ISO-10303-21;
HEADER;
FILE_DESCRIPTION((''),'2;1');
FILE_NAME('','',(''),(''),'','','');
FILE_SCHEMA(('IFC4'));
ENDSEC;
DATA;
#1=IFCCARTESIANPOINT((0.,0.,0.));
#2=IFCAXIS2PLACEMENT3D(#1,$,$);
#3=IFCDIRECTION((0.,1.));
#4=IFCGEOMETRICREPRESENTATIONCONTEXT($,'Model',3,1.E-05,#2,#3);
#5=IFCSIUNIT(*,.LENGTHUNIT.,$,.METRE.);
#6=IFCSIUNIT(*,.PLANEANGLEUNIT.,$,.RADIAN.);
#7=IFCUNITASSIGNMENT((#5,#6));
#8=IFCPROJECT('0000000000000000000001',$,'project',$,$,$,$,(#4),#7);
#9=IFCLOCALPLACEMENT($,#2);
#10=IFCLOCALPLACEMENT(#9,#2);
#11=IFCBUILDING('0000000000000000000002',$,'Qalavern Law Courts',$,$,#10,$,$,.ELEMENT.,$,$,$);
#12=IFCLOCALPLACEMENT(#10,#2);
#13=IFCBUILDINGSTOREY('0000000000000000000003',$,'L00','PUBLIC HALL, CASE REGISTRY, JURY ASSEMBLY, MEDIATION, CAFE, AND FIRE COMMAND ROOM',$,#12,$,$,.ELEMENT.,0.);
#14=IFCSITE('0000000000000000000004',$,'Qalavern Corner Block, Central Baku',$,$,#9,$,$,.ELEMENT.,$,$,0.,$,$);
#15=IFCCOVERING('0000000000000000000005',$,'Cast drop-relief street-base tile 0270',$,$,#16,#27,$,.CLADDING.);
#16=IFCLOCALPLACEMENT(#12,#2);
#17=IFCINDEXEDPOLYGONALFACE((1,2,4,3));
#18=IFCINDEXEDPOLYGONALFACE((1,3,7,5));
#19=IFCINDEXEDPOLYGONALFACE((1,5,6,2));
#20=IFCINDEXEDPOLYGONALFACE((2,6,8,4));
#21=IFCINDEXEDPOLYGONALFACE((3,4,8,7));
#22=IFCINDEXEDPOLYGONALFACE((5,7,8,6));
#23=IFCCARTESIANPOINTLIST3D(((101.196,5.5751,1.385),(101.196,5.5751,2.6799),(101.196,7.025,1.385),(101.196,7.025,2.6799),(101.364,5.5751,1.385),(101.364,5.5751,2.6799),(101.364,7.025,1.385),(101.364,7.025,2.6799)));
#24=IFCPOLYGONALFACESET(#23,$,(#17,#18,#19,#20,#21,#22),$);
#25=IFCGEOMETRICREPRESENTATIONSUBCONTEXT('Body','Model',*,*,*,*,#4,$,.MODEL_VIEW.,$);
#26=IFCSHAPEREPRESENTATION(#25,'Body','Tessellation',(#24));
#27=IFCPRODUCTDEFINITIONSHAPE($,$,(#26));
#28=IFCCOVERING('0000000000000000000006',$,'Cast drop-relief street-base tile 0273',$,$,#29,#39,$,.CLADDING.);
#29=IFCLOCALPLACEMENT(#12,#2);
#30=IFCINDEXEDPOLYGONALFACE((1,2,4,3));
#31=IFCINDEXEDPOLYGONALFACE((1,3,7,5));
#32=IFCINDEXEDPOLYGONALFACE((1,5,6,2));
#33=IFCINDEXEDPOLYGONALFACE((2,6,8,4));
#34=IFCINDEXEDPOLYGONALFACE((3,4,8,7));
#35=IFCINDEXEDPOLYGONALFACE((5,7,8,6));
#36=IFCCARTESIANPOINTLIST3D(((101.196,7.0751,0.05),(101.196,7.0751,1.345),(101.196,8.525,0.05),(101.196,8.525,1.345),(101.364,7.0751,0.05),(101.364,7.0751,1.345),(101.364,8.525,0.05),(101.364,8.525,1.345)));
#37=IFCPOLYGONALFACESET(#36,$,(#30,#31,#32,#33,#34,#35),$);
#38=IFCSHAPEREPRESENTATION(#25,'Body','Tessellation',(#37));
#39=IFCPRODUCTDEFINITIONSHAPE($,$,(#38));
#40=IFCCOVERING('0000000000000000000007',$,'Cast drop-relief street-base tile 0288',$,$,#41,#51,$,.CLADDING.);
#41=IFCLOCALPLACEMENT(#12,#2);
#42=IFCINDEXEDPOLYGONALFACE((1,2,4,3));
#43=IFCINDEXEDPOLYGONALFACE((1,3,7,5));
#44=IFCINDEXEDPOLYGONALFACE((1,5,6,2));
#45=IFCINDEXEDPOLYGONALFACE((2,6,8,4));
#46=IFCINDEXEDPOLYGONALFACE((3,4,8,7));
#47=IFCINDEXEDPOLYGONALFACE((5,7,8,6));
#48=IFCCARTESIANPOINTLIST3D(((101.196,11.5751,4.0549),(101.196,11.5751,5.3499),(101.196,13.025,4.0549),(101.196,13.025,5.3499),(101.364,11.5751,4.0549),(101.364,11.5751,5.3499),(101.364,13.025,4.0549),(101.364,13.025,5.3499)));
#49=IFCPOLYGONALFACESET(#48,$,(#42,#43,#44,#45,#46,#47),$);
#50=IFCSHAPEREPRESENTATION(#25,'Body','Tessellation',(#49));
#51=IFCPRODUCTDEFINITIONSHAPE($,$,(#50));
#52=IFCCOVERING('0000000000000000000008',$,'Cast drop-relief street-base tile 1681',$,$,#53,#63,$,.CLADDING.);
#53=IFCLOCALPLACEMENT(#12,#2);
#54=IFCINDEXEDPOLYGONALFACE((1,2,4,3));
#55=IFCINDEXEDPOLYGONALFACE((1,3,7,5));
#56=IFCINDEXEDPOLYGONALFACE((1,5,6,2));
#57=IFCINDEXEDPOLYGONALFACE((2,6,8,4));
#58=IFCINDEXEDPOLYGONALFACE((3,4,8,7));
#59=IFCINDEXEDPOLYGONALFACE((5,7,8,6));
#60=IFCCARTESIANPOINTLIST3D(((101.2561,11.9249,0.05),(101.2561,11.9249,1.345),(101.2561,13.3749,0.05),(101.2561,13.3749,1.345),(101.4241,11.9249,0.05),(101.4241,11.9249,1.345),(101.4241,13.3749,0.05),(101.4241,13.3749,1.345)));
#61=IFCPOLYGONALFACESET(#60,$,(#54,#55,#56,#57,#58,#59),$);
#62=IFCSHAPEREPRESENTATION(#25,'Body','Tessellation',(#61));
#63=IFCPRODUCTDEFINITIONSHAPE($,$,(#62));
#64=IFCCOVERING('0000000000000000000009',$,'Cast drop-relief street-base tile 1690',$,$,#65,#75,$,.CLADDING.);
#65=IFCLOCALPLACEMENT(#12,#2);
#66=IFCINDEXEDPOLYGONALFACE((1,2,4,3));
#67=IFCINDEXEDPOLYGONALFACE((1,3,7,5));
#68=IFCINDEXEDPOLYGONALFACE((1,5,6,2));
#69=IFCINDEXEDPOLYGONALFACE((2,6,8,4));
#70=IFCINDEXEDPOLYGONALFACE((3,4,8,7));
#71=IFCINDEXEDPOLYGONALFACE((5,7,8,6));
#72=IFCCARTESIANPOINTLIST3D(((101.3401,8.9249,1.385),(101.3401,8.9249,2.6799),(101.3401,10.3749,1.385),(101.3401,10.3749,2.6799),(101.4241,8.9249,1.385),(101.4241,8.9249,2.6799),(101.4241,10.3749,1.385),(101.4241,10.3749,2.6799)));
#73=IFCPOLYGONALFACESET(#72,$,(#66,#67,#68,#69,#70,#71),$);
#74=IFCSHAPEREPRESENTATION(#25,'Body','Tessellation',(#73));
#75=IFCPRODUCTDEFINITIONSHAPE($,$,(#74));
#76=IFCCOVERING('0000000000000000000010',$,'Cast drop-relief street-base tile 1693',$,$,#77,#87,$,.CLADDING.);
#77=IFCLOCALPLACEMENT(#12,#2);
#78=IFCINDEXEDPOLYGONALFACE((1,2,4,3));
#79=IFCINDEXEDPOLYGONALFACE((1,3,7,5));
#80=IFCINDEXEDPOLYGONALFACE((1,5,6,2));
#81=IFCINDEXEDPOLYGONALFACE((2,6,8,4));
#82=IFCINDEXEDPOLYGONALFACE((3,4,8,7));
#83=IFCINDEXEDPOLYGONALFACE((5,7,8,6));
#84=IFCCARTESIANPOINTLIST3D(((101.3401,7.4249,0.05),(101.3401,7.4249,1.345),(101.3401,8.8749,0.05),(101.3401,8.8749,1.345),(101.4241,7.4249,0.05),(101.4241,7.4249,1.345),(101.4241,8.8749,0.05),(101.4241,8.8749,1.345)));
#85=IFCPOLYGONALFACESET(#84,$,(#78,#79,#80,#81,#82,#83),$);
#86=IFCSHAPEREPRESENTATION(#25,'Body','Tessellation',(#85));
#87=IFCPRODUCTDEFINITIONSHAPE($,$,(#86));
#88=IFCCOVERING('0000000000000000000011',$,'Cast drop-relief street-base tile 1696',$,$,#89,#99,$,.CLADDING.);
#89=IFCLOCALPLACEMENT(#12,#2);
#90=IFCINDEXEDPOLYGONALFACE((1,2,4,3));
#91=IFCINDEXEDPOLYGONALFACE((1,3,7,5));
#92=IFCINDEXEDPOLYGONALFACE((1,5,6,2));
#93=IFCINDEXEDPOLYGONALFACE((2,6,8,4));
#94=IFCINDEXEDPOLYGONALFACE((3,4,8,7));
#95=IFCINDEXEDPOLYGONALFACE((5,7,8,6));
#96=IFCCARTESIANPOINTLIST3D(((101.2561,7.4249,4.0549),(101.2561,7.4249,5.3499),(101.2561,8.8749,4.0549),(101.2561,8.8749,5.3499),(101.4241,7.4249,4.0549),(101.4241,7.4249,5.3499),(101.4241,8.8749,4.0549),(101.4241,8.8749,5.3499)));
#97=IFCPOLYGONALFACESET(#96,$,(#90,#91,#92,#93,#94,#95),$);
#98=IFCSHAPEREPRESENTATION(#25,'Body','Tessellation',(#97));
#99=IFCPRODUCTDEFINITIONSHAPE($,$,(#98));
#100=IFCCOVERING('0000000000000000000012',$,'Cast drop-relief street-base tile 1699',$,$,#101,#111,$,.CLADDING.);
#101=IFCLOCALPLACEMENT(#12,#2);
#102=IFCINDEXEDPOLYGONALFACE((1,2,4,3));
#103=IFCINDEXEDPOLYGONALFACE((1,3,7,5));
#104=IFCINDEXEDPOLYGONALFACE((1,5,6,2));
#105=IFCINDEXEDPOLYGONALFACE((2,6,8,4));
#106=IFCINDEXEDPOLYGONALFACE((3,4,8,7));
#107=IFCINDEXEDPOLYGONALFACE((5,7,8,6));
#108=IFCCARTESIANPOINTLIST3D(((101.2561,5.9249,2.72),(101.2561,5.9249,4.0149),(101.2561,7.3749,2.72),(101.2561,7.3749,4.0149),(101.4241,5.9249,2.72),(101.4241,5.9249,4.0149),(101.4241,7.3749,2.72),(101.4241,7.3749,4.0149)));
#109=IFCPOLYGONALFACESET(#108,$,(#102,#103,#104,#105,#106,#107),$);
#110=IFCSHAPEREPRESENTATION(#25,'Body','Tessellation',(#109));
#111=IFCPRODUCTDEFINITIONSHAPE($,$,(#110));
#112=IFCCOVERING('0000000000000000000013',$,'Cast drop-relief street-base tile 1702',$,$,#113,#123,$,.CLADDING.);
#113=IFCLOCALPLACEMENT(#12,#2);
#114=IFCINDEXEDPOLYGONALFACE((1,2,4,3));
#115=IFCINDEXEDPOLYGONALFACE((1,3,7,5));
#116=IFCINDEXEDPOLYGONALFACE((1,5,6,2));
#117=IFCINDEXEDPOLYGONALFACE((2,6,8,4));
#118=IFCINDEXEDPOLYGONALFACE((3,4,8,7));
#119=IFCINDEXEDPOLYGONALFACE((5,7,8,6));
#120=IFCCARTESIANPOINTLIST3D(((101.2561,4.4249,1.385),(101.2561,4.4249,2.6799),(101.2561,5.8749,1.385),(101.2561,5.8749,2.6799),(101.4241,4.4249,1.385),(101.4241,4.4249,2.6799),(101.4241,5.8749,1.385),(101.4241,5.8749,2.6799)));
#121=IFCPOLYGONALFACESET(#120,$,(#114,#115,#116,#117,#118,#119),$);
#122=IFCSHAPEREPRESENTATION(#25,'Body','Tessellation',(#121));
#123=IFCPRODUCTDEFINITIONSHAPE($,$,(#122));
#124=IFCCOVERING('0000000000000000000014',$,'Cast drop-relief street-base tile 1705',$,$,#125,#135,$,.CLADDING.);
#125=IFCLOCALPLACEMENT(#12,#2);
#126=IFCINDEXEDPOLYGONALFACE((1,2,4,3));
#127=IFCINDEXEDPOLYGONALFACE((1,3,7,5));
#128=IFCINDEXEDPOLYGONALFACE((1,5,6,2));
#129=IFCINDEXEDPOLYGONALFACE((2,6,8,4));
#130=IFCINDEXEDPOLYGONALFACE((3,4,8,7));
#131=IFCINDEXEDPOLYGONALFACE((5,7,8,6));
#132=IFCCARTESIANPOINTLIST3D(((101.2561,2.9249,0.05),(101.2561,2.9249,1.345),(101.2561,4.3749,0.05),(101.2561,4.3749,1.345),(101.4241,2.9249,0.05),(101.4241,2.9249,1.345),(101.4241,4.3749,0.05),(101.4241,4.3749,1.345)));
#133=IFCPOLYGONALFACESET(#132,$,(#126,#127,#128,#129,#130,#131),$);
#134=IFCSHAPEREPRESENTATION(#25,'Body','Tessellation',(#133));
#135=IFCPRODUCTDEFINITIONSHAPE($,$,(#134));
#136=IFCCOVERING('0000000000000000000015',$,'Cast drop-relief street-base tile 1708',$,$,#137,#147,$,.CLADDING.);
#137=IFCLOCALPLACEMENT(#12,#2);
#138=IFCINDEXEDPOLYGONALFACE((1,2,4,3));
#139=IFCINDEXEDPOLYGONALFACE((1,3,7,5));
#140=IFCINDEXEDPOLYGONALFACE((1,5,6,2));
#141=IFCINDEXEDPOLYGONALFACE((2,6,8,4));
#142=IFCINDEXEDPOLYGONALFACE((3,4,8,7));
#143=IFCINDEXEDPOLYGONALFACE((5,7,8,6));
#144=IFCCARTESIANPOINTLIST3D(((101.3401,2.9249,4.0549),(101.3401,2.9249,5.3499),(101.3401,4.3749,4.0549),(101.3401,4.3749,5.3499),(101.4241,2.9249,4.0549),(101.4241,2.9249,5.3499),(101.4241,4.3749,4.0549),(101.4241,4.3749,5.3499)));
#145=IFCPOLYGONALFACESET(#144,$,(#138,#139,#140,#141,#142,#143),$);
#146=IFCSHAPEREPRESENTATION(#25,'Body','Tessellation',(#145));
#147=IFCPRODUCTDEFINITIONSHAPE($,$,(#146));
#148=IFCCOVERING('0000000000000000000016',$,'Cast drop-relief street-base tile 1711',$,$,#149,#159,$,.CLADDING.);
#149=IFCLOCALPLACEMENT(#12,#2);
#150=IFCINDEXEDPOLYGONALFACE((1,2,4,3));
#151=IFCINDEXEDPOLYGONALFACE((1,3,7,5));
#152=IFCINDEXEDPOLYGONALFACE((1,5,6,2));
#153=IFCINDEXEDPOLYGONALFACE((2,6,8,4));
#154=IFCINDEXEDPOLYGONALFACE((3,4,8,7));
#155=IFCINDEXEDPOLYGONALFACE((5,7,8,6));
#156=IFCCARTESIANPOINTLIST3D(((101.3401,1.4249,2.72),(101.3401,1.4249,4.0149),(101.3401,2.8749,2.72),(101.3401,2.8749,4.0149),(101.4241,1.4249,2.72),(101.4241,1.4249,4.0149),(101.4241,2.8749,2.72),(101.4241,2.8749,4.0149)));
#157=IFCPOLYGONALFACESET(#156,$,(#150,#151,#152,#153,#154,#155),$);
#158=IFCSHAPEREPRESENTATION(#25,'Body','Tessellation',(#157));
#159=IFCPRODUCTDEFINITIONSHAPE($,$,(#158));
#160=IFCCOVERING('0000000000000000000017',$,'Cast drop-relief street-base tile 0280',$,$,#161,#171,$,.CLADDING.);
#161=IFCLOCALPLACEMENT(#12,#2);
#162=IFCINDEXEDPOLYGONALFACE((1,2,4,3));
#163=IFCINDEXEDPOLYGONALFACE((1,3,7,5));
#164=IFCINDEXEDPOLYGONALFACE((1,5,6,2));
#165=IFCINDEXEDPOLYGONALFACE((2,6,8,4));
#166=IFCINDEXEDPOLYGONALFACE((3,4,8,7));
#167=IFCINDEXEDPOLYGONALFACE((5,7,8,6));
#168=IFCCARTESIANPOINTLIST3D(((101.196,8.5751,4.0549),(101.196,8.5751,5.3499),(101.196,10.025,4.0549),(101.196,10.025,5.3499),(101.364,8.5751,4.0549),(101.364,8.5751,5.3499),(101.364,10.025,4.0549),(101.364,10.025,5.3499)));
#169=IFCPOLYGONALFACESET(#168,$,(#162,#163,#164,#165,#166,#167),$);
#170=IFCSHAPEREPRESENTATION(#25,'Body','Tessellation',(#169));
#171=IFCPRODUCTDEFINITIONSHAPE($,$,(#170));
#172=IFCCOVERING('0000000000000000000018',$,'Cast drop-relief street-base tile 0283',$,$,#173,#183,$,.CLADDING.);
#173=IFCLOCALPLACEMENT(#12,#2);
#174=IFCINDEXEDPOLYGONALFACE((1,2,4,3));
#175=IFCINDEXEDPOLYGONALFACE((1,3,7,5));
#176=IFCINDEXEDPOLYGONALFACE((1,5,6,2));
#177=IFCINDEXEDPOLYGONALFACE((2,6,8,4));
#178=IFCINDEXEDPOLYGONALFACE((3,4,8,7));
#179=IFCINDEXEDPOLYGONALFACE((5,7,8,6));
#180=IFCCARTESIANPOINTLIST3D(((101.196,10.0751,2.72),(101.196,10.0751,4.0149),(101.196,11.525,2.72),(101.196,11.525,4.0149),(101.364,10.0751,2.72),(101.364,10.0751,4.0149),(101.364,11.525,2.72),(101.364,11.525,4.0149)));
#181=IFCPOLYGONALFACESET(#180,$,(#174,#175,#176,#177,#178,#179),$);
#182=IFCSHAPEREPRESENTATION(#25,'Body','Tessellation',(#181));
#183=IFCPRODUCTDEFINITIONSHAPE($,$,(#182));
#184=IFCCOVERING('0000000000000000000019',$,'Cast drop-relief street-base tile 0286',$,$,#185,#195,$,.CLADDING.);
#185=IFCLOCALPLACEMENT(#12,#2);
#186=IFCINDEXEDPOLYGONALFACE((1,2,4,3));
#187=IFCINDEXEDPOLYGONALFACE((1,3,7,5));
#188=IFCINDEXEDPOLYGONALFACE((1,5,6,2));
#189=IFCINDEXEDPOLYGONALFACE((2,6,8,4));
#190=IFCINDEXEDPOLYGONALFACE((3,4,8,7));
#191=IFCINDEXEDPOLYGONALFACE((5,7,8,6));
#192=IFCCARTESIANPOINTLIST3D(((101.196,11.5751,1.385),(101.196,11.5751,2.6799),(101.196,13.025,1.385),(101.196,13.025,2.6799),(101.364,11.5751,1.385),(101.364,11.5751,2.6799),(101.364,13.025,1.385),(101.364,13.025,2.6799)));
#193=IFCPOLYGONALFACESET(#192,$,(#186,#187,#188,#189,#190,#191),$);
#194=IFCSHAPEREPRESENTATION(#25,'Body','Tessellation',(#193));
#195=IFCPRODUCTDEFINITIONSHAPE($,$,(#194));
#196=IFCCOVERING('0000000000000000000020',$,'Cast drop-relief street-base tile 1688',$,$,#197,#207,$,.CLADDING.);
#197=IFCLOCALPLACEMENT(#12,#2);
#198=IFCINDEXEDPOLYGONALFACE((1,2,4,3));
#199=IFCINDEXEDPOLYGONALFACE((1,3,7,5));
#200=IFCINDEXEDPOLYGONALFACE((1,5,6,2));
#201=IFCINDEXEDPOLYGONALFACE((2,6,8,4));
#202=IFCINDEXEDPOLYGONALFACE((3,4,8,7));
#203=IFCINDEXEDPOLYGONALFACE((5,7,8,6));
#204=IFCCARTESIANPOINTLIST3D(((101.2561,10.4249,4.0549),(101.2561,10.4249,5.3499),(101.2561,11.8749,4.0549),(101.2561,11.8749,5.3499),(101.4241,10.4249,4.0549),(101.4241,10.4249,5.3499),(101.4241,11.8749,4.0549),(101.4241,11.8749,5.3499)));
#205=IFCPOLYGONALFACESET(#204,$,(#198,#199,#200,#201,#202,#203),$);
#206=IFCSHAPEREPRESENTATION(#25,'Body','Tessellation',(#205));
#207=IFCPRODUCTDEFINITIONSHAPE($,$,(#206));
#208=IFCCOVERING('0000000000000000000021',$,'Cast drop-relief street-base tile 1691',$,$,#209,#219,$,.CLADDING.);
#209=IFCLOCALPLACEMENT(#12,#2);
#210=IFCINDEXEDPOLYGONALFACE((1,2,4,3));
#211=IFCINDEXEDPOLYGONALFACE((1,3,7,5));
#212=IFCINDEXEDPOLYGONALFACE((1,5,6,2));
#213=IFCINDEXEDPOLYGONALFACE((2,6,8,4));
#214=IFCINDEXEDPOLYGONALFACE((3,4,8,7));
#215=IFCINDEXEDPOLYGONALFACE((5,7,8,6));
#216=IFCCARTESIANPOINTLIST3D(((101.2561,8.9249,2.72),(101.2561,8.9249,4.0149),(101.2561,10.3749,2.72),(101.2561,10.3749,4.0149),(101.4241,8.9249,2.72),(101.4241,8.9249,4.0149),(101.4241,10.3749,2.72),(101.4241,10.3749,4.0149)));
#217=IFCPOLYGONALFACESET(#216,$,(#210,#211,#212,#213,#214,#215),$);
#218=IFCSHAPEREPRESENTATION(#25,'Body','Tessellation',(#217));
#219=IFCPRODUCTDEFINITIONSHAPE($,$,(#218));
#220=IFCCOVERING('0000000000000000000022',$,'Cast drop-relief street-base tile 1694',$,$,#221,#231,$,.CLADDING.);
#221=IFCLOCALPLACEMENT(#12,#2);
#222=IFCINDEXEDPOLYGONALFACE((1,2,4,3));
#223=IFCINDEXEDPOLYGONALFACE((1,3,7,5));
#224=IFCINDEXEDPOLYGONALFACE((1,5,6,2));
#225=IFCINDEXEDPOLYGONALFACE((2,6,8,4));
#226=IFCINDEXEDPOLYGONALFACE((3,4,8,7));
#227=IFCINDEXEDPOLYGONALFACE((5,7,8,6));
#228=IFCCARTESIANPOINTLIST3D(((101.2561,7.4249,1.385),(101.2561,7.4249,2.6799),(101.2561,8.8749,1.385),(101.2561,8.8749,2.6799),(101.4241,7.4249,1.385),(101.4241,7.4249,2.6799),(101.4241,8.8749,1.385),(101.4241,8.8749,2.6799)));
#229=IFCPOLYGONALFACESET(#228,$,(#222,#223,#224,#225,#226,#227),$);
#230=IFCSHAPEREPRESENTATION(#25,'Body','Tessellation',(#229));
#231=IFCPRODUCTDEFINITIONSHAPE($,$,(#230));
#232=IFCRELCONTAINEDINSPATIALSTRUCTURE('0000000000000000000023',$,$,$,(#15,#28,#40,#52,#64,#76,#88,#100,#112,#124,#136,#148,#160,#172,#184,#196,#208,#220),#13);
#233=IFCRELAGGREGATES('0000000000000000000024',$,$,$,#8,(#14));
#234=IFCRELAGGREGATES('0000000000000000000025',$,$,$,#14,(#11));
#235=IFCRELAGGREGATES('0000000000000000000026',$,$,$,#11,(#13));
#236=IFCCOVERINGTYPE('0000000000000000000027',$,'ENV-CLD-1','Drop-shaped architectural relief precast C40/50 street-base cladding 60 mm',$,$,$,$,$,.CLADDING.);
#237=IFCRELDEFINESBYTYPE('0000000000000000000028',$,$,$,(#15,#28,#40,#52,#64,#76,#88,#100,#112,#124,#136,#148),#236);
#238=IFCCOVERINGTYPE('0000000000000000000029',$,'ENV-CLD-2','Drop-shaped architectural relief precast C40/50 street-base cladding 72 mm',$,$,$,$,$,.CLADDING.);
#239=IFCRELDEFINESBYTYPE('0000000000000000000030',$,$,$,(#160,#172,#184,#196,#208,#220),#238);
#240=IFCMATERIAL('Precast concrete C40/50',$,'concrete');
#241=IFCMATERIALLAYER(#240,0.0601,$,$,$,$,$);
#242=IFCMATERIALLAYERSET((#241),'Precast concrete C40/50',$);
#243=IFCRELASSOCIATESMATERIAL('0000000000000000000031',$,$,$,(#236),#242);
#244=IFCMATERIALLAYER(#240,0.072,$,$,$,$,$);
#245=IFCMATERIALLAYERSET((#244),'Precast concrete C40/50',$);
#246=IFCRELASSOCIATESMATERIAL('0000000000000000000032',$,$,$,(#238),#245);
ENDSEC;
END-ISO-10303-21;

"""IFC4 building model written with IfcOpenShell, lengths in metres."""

from ifc_helpers import new_model, si_unit, direction, frame, origin, origin_2d, place, context, subcontext, project, spatial, rectangle, extrude, material, layer, layer_set, type_object, element, save


model = new_model("IFC4")

# Units and contexts
model_context = context("Model", 3, precision=1e-05, world=origin(), true_north=direction((0.0, 1.0)))
body_context = subcontext(model_context, "Body", "Model", "MODEL_VIEW")
ifc_project = project(units=[si_unit("LENGTHUNIT", "METRE"), si_unit("PLANEANGLEUNIT", "RADIAN")], contexts=[model_context])

# Site, building, storey
site_placement = place(None, origin())
site = spatial("IfcSite", under=ifc_project, at=site_placement, Name="Qalavern Corner Block, Central Baku", CompositionType="ELEMENT", RefElevation=0.0)
building_placement = place(site_placement, origin())
building = spatial("IfcBuilding", under=site, at=building_placement, Name="Qalavern Law Courts", CompositionType="ELEMENT")
storey_placement = place(building_placement, origin())
storey = spatial("IfcBuildingStorey", under=building, at=storey_placement, Name="L00", Description="PUBLIC HALL, CASE REGISTRY, JURY ASSEMBLY, MEDIATION, CAFE, AND FIRE COMMAND ROOM", CompositionType="ELEMENT", Elevation=0.0)

# Coverings
ifc_material = material(Name="Precast concrete C40/50", Category="concrete")
ifc_layer_1 = layer(ifc_material, 0.0601)
ifc_layer_set_1 = layer_set([ifc_layer_1], Name="Precast concrete C40/50")
covering_type_1 = type_object("IfcCoveringType", Name="ENV-CLD-1", Description="Drop-shaped architectural relief precast C40/50 street-base cladding 60 mm", PredefinedType="CLADDING", material=ifc_layer_set_1)
for number, where, z_axis, x_axis, name in (
    (1, (101.28, 6.3, 1.385), (0.0, 0.0, 1.0), (0.0, 1.0, 0.0), "Cast drop-relief street-base tile 0270"),
    (2, (101.28, 7.8, 0.05), (0.0, 0.0, 1.0), (0.0, 1.0, 0.0), "Cast drop-relief street-base tile 0273"),
    (3, (101.28, 12.3, 4.0549), (0.0, 0.0, 1.0), (0.0, 1.0, 0.0), "Cast drop-relief street-base tile 0288"),
    (4, (101.3401, 12.6499, 0.05), (0.0, 0.0, 1.0), (0.0, -1.0, 0.0), "Cast drop-relief street-base tile 1681"),
):
    element("IfcCovering", number, at=place(storey_placement, frame(where, z_axis=z_axis, x_axis=x_axis)), inside=storey, type_object=covering_type_1, Name=name, PredefinedType="CLADDING", context=body_context, shape_type="SweptSolid", body=[
        extrude(rectangle(XDim=1.45, YDim=0.168, at=origin_2d()), origin(), (0.0, 0.0, 1.0), 1.2949),
    ])
for number, where, z_axis, x_axis, name in (
    (5, (101.3821, 9.6499, 1.385), (0.0, 0.0, 1.0), (0.0, -1.0, 0.0), "Cast drop-relief street-base tile 1690"),
    (6, (101.3821, 8.1499, 0.05), (0.0, 0.0, 1.0), (0.0, -1.0, 0.0), "Cast drop-relief street-base tile 1693"),
):
    element("IfcCovering", number, at=place(storey_placement, frame(where, z_axis=z_axis, x_axis=x_axis)), inside=storey, type_object=covering_type_1, Name=name, PredefinedType="CLADDING", context=body_context, shape_type="SweptSolid", body=[
        extrude(rectangle(XDim=1.45, YDim=0.084, at=origin_2d()), origin(), (0.0, 0.0, 1.0), 1.2949),
    ])
for number, where, z_axis, x_axis, name in (
    (7, (101.3401, 8.1499, 4.0549), (0.0, 0.0, 1.0), (0.0, -1.0, 0.0), "Cast drop-relief street-base tile 1696"),
    (8, (101.3401, 6.6499, 2.72), (0.0, 0.0, 1.0), (0.0, -1.0, 0.0), "Cast drop-relief street-base tile 1699"),
    (9, (101.3401, 5.1499, 1.385), (0.0, 0.0, 1.0), (0.0, -1.0, 0.0), "Cast drop-relief street-base tile 1702"),
    (10, (101.3401, 3.6499, 0.05), (0.0, 0.0, 1.0), (0.0, -1.0, 0.0), "Cast drop-relief street-base tile 1705"),
):
    element("IfcCovering", number, at=place(storey_placement, frame(where, z_axis=z_axis, x_axis=x_axis)), inside=storey, type_object=covering_type_1, Name=name, PredefinedType="CLADDING", context=body_context, shape_type="SweptSolid", body=[
        extrude(rectangle(XDim=1.45, YDim=0.168, at=origin_2d()), origin(), (0.0, 0.0, 1.0), 1.2949),
    ])
for number, where, z_axis, x_axis, name in (
    (11, (101.3821, 3.6499, 4.0549), (0.0, 0.0, 1.0), (0.0, -1.0, 0.0), "Cast drop-relief street-base tile 1708"),
    (12, (101.3821, 2.1499, 2.72), (0.0, 0.0, 1.0), (0.0, -1.0, 0.0), "Cast drop-relief street-base tile 1711"),
):
    element("IfcCovering", number, at=place(storey_placement, frame(where, z_axis=z_axis, x_axis=x_axis)), inside=storey, type_object=covering_type_1, Name=name, PredefinedType="CLADDING", context=body_context, shape_type="SweptSolid", body=[
        extrude(rectangle(XDim=1.45, YDim=0.084, at=origin_2d()), origin(), (0.0, 0.0, 1.0), 1.2949),
    ])
ifc_layer_2 = layer(ifc_material, 0.072)
ifc_layer_set_2 = layer_set([ifc_layer_2], Name="Precast concrete C40/50")
covering_type_2 = type_object("IfcCoveringType", Name="ENV-CLD-2", Description="Drop-shaped architectural relief precast C40/50 street-base cladding 72 mm", PredefinedType="CLADDING", material=ifc_layer_set_2)
for number, where, z_axis, x_axis, name in (
    (13, (101.28, 9.3, 4.0549), (0.0, 0.0, 1.0), (0.0, 1.0, 0.0), "Cast drop-relief street-base tile 0280"),
    (14, (101.28, 10.8, 2.72), (0.0, 0.0, 1.0), (0.0, 1.0, 0.0), "Cast drop-relief street-base tile 0283"),
    (15, (101.28, 12.3, 1.385), (0.0, 0.0, 1.0), (0.0, 1.0, 0.0), "Cast drop-relief street-base tile 0286"),
    (16, (101.3401, 11.1499, 4.0549), (0.0, 0.0, 1.0), (0.0, -1.0, 0.0), "Cast drop-relief street-base tile 1688"),
    (17, (101.3401, 9.6499, 2.72), (0.0, 0.0, 1.0), (0.0, -1.0, 0.0), "Cast drop-relief street-base tile 1691"),
    (18, (101.3401, 8.1499, 1.385), (0.0, 0.0, 1.0), (0.0, -1.0, 0.0), "Cast drop-relief street-base tile 1694"),
):
    element("IfcCovering", number, at=place(storey_placement, frame(where, z_axis=z_axis, x_axis=x_axis)), inside=storey, type_object=covering_type_2, Name=name, PredefinedType="CLADDING", context=body_context, shape_type="SweptSolid", body=[
        extrude(rectangle(XDim=1.45, YDim=0.168, at=origin_2d()), origin(), (0.0, 0.0, 1.0), 1.2949),
    ])

save(model, "model.ifc")
